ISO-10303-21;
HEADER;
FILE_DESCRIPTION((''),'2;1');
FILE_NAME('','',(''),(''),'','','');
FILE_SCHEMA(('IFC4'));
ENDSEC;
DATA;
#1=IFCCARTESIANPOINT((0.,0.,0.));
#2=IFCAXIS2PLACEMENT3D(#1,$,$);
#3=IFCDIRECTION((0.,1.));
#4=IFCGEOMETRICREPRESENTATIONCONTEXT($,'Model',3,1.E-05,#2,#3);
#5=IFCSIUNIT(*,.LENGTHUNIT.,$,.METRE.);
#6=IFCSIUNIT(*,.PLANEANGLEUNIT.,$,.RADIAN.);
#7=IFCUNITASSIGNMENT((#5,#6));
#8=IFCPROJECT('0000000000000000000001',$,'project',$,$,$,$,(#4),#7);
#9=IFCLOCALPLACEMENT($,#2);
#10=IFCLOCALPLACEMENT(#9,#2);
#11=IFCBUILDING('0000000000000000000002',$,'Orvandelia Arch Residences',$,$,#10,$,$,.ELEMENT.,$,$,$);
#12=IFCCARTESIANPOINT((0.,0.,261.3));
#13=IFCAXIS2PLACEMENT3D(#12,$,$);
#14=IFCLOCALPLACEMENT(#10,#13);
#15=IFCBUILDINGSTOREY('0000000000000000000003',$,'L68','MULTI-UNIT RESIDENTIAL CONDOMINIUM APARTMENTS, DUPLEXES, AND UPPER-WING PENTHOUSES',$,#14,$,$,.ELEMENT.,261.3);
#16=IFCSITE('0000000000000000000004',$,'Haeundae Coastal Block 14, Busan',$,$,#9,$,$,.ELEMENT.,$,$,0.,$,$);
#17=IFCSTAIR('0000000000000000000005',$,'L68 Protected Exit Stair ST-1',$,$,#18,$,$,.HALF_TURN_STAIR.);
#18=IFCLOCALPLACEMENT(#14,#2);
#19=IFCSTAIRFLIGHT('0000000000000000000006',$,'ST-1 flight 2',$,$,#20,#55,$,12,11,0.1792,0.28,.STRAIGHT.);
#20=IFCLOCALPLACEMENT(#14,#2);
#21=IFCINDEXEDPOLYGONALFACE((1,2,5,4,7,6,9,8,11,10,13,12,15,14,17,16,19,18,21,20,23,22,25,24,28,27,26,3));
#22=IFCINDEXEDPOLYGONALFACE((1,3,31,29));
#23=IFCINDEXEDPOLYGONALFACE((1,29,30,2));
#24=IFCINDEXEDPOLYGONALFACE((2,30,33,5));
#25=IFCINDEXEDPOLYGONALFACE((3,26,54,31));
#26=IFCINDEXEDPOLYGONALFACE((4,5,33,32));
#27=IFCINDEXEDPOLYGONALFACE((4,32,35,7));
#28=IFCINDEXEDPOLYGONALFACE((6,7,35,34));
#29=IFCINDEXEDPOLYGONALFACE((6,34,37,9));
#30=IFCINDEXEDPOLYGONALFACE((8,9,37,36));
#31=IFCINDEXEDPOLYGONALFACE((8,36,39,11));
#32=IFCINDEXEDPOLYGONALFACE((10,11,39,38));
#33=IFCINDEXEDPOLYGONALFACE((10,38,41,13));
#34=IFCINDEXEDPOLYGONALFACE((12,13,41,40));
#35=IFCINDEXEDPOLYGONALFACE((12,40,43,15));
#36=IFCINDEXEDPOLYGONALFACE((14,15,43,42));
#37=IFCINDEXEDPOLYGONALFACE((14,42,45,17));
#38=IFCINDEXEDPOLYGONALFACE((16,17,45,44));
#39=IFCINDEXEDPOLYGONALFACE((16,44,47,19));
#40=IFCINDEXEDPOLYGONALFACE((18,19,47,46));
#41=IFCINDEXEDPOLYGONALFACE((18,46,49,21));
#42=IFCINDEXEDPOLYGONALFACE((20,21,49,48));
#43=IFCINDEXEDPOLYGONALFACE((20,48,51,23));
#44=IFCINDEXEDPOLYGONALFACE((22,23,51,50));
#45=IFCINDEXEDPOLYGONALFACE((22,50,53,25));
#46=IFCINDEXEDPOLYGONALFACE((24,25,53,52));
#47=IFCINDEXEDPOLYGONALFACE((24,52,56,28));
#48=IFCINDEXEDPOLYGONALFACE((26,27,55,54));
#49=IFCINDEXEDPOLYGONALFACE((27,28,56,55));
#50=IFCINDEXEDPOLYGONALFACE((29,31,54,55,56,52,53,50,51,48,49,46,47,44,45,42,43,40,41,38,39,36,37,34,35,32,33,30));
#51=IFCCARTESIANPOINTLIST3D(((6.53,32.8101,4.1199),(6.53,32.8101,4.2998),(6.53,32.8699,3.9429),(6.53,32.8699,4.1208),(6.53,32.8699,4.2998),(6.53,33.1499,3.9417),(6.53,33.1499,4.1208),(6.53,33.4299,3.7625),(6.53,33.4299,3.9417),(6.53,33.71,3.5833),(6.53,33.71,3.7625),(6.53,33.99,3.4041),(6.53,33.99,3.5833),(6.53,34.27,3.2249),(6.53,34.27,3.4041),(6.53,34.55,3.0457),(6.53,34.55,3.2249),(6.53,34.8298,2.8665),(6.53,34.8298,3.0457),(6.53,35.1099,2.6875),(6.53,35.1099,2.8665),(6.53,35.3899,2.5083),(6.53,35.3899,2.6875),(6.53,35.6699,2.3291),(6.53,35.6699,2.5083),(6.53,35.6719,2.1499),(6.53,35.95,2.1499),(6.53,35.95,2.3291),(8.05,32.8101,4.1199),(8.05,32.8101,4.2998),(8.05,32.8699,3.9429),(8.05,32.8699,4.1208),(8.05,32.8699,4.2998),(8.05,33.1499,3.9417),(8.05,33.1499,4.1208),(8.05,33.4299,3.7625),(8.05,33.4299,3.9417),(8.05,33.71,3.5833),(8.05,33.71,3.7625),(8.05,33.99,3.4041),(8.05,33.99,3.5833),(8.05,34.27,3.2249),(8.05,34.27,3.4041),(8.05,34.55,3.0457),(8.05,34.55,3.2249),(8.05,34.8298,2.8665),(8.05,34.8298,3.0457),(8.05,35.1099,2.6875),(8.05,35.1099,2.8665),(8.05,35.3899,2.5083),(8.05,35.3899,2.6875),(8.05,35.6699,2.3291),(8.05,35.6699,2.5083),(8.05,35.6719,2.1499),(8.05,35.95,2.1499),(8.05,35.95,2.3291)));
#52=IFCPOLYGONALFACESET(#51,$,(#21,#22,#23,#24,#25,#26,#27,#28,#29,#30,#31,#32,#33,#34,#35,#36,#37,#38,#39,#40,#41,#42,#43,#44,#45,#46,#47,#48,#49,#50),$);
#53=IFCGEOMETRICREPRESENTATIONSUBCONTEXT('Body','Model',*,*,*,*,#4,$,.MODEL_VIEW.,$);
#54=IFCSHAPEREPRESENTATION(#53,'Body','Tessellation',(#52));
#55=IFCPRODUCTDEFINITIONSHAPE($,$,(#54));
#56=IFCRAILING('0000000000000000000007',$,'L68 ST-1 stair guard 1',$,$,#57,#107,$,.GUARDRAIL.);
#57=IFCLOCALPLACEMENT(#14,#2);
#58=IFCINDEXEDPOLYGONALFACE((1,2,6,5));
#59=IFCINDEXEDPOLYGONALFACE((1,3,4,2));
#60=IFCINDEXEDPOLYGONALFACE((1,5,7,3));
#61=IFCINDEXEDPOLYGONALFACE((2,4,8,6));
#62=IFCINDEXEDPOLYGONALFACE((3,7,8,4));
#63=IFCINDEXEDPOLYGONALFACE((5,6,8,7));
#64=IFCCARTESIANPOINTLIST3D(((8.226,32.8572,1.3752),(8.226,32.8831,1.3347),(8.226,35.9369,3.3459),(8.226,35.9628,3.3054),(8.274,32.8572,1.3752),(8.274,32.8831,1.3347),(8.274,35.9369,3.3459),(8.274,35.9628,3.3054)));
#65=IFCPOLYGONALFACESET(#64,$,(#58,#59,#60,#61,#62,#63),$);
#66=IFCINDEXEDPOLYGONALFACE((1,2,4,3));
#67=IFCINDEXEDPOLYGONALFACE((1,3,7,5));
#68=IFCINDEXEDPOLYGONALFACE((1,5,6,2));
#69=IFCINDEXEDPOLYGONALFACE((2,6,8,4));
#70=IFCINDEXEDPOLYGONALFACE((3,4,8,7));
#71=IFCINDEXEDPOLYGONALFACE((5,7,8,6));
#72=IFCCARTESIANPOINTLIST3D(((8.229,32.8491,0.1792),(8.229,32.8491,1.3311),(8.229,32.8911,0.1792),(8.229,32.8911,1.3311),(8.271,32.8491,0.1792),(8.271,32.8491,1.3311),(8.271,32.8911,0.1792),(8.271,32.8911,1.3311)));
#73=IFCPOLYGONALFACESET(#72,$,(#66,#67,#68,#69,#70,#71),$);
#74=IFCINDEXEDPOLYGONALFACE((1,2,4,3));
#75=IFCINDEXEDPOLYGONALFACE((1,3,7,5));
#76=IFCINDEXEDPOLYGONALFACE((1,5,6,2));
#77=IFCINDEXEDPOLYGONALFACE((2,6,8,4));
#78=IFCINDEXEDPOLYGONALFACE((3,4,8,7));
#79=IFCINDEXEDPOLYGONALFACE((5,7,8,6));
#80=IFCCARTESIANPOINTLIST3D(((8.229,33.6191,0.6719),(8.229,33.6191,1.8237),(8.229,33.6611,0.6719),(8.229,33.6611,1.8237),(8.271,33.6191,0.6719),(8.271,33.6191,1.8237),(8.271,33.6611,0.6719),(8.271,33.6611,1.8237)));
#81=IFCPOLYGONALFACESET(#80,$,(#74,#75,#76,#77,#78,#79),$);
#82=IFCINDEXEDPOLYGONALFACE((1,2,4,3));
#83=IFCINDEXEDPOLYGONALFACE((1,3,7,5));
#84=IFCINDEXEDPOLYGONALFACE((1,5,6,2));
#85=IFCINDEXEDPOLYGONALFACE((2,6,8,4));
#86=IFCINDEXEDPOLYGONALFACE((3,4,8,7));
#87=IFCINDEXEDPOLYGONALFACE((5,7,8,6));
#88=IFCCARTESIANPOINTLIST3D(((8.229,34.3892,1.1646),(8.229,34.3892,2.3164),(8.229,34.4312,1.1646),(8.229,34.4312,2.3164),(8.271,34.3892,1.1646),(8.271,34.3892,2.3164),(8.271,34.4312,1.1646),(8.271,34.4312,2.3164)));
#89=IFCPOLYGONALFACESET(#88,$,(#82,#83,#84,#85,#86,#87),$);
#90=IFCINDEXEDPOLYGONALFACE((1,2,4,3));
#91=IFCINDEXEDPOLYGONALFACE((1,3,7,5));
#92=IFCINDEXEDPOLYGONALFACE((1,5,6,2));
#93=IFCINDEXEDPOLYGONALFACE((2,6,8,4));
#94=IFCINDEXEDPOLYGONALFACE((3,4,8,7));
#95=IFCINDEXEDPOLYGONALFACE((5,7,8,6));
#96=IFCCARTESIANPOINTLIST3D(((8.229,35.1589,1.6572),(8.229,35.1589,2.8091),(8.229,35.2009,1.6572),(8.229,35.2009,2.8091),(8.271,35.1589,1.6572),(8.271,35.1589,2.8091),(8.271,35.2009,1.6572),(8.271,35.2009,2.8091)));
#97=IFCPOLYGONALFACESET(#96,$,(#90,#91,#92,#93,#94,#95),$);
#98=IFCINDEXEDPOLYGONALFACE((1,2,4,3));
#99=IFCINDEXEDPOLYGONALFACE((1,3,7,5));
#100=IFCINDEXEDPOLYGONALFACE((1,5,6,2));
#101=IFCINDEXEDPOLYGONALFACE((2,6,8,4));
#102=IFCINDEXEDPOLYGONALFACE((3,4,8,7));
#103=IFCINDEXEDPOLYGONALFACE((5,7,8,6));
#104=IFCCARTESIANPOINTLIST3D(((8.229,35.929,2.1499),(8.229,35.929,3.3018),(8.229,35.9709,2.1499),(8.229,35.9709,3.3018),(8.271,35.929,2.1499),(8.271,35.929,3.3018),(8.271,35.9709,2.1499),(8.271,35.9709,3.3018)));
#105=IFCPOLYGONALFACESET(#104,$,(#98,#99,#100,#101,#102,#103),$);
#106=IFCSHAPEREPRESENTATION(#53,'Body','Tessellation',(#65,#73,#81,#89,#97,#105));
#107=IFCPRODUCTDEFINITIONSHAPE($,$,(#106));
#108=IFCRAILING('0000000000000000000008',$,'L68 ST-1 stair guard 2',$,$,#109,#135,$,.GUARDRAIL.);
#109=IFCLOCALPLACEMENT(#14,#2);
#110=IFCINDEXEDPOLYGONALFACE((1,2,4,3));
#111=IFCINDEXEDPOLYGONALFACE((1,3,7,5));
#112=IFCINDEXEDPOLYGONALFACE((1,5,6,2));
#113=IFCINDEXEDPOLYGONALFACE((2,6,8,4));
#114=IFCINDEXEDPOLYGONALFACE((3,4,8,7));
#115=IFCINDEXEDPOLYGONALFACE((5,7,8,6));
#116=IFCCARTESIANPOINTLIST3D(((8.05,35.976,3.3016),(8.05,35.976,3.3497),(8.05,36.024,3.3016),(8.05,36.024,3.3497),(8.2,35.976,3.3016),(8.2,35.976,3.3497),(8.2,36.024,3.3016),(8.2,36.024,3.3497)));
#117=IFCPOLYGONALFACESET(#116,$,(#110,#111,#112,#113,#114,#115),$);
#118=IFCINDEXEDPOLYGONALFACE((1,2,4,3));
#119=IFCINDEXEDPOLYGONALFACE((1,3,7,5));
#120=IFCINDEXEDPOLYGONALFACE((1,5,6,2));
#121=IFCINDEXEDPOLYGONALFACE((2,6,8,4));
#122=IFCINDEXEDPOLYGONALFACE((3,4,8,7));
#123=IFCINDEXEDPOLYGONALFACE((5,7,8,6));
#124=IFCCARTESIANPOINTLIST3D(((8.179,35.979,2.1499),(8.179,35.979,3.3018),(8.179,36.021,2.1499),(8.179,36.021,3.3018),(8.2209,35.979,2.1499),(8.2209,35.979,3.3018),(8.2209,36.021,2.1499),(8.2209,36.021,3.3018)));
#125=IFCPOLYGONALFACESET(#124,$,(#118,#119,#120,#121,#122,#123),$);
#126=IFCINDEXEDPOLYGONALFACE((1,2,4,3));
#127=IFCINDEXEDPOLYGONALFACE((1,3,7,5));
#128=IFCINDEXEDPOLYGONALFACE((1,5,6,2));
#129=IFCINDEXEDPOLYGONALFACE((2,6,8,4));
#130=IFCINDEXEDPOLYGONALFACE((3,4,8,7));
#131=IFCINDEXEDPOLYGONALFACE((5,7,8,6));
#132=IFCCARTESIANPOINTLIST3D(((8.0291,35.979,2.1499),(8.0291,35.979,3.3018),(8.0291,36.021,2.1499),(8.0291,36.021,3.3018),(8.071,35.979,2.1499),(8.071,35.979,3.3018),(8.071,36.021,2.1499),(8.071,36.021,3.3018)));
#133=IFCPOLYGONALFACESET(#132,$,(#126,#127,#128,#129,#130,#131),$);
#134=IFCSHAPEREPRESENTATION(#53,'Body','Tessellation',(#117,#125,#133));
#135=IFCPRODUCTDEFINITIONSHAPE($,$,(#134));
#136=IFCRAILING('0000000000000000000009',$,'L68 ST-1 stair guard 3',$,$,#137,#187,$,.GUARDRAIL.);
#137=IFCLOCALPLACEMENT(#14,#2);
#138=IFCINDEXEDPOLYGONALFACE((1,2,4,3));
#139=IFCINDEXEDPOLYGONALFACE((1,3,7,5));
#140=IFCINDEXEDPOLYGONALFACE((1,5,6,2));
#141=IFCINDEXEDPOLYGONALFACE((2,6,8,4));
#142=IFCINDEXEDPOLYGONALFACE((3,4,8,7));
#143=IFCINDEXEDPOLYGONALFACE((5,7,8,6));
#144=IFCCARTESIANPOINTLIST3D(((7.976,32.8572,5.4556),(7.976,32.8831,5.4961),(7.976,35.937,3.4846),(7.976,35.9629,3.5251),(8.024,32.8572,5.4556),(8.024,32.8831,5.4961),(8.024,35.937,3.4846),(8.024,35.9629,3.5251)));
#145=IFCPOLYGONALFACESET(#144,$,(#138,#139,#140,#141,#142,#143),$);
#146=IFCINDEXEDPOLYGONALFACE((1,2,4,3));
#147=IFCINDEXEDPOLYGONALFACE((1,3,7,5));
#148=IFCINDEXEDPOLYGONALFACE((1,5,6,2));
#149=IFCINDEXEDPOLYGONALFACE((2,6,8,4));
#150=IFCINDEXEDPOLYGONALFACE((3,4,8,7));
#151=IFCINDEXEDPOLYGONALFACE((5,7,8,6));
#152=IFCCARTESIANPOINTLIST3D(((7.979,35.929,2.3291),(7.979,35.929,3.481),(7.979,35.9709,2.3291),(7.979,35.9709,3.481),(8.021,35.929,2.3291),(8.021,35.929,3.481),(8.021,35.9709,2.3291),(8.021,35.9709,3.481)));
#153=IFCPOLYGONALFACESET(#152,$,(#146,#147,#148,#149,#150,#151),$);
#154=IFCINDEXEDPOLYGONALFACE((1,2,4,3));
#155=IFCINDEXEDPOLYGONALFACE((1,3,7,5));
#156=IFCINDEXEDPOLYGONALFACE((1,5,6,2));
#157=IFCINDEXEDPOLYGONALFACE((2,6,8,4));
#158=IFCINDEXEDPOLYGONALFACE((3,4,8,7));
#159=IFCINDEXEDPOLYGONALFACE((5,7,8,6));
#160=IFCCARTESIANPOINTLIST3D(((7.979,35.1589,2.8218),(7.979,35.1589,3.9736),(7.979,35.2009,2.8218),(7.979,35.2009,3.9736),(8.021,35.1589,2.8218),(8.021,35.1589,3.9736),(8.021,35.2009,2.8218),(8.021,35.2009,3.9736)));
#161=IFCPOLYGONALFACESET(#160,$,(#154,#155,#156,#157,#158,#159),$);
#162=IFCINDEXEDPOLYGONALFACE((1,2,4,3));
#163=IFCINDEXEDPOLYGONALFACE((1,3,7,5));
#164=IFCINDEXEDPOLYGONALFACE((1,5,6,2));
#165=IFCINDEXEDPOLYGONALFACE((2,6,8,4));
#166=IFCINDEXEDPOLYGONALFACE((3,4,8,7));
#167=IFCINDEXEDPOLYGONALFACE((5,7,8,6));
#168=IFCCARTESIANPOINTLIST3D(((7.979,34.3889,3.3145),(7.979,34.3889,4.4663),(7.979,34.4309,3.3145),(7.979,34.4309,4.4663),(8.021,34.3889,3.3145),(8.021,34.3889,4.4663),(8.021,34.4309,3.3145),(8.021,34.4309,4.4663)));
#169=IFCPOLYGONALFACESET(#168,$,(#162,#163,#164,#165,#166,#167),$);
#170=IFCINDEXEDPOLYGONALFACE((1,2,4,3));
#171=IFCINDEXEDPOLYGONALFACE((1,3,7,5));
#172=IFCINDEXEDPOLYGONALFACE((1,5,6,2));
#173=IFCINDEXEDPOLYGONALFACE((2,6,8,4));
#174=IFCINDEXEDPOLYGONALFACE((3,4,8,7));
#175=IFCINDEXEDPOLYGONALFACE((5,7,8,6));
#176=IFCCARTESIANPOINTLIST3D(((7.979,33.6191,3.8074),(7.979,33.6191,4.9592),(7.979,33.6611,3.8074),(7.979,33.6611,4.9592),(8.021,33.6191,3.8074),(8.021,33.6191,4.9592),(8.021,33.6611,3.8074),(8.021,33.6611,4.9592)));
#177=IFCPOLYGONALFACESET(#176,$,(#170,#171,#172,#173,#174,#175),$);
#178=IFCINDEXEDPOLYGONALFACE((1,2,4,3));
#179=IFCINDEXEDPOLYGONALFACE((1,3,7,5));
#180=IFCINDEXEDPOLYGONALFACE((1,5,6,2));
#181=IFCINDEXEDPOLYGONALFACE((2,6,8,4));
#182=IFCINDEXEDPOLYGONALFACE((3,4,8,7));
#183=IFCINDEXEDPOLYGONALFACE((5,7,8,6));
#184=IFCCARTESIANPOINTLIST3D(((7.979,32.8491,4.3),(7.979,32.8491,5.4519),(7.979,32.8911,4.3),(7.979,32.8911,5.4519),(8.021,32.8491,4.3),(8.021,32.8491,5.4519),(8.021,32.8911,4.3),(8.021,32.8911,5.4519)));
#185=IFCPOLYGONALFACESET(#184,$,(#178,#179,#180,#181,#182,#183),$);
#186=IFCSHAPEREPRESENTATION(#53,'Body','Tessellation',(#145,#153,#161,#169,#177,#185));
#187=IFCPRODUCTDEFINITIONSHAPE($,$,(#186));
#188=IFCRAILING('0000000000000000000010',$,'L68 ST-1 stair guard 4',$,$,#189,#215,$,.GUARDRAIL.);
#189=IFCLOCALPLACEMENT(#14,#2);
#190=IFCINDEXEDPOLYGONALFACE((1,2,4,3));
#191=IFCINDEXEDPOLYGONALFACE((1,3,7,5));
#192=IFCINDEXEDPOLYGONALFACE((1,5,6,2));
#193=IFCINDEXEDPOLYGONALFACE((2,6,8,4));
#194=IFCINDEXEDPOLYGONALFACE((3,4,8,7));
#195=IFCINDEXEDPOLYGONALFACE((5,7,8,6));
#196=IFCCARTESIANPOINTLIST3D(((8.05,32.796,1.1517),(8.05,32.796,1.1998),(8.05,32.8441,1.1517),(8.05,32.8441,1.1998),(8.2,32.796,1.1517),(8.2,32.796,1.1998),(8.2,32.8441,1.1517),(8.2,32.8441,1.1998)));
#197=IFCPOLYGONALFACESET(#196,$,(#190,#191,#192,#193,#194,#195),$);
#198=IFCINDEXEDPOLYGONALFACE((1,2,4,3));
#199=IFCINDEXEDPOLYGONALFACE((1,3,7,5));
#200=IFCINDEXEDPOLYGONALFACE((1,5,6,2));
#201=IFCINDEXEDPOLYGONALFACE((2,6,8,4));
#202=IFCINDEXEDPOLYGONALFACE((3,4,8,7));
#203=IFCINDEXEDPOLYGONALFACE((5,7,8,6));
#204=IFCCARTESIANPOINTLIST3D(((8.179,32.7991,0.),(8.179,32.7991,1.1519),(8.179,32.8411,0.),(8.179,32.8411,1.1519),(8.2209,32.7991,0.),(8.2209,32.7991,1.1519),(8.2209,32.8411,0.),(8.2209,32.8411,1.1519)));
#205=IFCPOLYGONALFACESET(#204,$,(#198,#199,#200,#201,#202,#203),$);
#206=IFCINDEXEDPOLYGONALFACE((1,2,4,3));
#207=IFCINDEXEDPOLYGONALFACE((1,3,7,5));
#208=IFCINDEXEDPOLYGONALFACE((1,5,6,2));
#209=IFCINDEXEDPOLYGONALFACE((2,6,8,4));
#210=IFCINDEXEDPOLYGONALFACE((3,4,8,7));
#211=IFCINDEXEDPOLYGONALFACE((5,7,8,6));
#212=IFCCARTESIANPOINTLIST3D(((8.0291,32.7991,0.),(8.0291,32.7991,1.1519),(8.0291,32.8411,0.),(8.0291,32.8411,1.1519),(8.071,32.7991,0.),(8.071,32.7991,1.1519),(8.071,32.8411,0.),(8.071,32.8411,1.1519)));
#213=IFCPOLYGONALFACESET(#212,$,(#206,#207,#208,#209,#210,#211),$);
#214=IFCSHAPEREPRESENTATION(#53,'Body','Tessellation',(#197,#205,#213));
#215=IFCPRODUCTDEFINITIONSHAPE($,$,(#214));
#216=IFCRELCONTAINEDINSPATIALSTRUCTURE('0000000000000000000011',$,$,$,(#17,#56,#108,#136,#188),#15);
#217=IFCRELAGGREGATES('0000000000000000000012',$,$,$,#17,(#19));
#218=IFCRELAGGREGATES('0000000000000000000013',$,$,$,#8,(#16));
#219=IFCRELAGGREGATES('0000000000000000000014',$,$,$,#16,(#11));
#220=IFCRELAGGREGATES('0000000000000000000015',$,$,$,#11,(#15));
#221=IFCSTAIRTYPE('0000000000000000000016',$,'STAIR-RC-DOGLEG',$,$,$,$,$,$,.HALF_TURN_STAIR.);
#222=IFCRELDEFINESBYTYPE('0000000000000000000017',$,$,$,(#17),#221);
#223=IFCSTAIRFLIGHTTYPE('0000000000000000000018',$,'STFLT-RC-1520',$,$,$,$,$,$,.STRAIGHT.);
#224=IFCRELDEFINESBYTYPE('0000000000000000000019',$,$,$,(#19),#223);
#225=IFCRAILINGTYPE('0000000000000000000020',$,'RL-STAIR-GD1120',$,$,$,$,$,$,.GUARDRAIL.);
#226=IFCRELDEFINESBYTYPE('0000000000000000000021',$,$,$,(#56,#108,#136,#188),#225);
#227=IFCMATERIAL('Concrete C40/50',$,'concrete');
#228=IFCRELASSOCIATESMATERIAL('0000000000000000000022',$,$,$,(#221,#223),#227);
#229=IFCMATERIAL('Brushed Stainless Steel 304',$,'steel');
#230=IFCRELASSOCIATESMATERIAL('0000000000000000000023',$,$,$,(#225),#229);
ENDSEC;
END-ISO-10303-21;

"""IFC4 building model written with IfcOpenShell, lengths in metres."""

from ifc_helpers import new_model, si_unit, direction, frame, origin, origin_2d, place, context, subcontext, project, spatial, polyline, rectangle, outline, extrude, material, type_object, element, aggregate, save


model = new_model("IFC4")

# Units and contexts
model_context = context("Model", 3, precision=1e-05, world=origin(), true_north=direction((0.0, 1.0)))
body_context = subcontext(model_context, "Body", "Model", "MODEL_VIEW")
ifc_project = project(units=[si_unit("LENGTHUNIT", "METRE"), si_unit("PLANEANGLEUNIT", "RADIAN")], contexts=[model_context])

# Site, building, storey
site_placement = place(None, origin())
site = spatial("IfcSite", under=ifc_project, at=site_placement, Name="Haeundae Coastal Block 14, Busan", CompositionType="ELEMENT", RefElevation=0.0)
building_placement = place(site_placement, origin())
building = spatial("IfcBuilding", under=site, at=building_placement, Name="Orvandelia Arch Residences", CompositionType="ELEMENT")
storey_placement = place(building_placement, frame((0.0, 0.0, 261.3)))
storey = spatial("IfcBuildingStorey", under=building, at=storey_placement, Name="L68", Description="MULTI-UNIT RESIDENTIAL CONDOMINIUM APARTMENTS, DUPLEXES, AND UPPER-WING PENTHOUSES", CompositionType="ELEMENT", Elevation=261.3)

# Stair, stair flight
ifc_material_1 = material(Name="Concrete C40/50", Category="concrete")
stair_type = type_object("IfcStairType", Name="STAIR-RC-DOGLEG", PredefinedType="HALF_TURN_STAIR", material=ifc_material_1)
stair_placement = place(storey_placement, origin())
stair = element("IfcStair", 1, at=stair_placement, inside=storey, type_object=stair_type, Name="L68 Protected Exit Stair ST-1", PredefinedType="HALF_TURN_STAIR")
stair_flight_type = type_object("IfcStairFlightType", Name="STFLT-RC-1520", PredefinedType="STRAIGHT", material=ifc_material_1)
stair_flight_1_placement = place(storey_placement, frame((7.29, 35.95, 2.1499), z_axis=(0.0, 0.0, 1.0), x_axis=(0.0, -1.0, 0.0)))
stair_flight_1 = element("IfcStairFlight", 2, at=stair_flight_1_placement, type_object=stair_flight_type, Name="ST-1 flight 2", NumberOfRisers=12, NumberOfTreads=11, PredefinedType="STRAIGHT", RiserHeight=0.1792, TreadLength=0.28, context=body_context, shape_type="SweptSolid", body=[
    extrude(outline(polyline([(0.0, 0.0), (0.0, 0.1792), (0.28, 0.1792), (0.28, 0.3584), (0.5601, 0.3584), (0.5601, 0.5376), (0.8401, 0.5376), (0.8401, 0.7166), (1.1201, 0.7166), (1.1201, 0.8958), (1.3999, 0.8958), (1.3999, 1.075), (1.6799, 1.075), (1.6799, 1.2542), (1.96, 1.2542), (1.96, 1.4333), (2.24, 1.4333), (2.24, 1.6125), (2.52, 1.6125), (2.52, 1.7917), (2.8, 1.7917), (2.8, 1.9709), (3.0801, 1.9709), (3.0801, 2.1499), (3.1399, 2.1499), (3.1399, 1.97), (3.0801, 1.793), (0.2781, 0.0), (0.0, 0.0)])), frame((0.0, 0.76, 0.0), z_axis=(0.0, -1.0, 0.0), x_axis=(1.0, 0.0, 0.0)), (0.0, 0.0, 1.0), 1.52),
])
aggregate(stair, [stair_flight_1])

# Railings
ifc_material_2 = material(Name="Brushed Stainless Steel 304", Category="steel")
railing_type_1 = type_object("IfcRailingType", Name="RL-STAIR-GD1120", PredefinedType="GUARDRAIL", material=ifc_material_2)
railing_1_placement = place(storey_placement, frame((8.25, 32.8701, 0.1792)))
element("IfcRailing", 3, at=railing_1_placement, inside=storey, type_object=railing_type_1, Name="L68 ST-1 stair guard 1", PredefinedType="GUARDRAIL", context=body_context, shape_type="SweptSolid", body=[
    extrude(rectangle(XDim=0.0481, YDim=0.0481, at=origin_2d()), frame((0.0, 0.0, 1.1758), z_axis=(0.0, 0.84232, 0.538978), x_axis=(-1.0, 0.0, 0.0)), (0.0, 0.0, 1.0), 3.6562),
    extrude(rectangle(XDim=0.042, YDim=0.042, at=origin_2d()), origin(), (0.0, 0.0, 1.0), 1.1519),
    extrude(rectangle(XDim=0.042, YDim=0.042, at=origin_2d()), frame((0.0, 0.77, 0.4927)), (0.0, 0.0, 1.0), 1.1519),
    extrude(rectangle(XDim=0.042, YDim=0.042, at=origin_2d()), frame((0.0, 1.54, 0.9854)), (0.0, 0.0, 1.0), 1.1519),
    extrude(rectangle(XDim=0.042, YDim=0.042, at=origin_2d()), frame((0.0, 2.3098, 1.478)), (0.0, 0.0, 1.0), 1.1519),
    extrude(rectangle(XDim=0.042, YDim=0.042, at=origin_2d()), frame((0.0, 3.0798, 1.9707)), (0.0, 0.0, 1.0), 1.1519),
])
railing_2_placement = place(storey_placement, frame((8.2, 36.0, 2.1499)))
element("IfcRailing", 4, at=railing_2_placement, inside=storey, type_object=railing_type_1, Name="L68 ST-1 stair guard 2", PredefinedType="GUARDRAIL", context=body_context, shape_type="SweptSolid", body=[
    extrude(rectangle(XDim=0.0481, YDim=0.0481, at=origin_2d()), frame((0.0, 0.0, 1.1758), z_axis=(-1.0, 0.0, 0.0), x_axis=(0.0, -1.0, 0.0)), (0.0, 0.0, 1.0), 0.1499),
    extrude(rectangle(XDim=0.042, YDim=0.042, at=origin_2d()), origin(), (0.0, 0.0, 1.0), 1.1519),
    extrude(rectangle(XDim=0.042, YDim=0.042, at=origin_2d()), frame((-0.1499, 0.0, 0.0)), (0.0, 0.0, 1.0), 1.1519),
])
railing_3_placement = place(storey_placement, frame((8.0, 35.95, 2.3291)))
element("IfcRailing", 5, at=railing_3_placement, inside=storey, type_object=railing_type_1, Name="L68 ST-1 stair guard 3", PredefinedType="GUARDRAIL", context=body_context, shape_type="SweptSolid", body=[
    extrude(rectangle(XDim=0.0481, YDim=0.0481, at=origin_2d()), frame((0.0, 0.0, 1.1758), z_axis=(0.0, -0.84229, 0.539025), x_axis=(1.0, 0.0, 0.0)), (0.0, 0.0, 1.0), 3.6565),
    extrude(rectangle(XDim=0.042, YDim=0.042, at=origin_2d()), origin(), (0.0, 0.0, 1.0), 1.1519),
    extrude(rectangle(XDim=0.042, YDim=0.042, at=origin_2d()), frame((0.0, -0.77, 0.4927)), (0.0, 0.0, 1.0), 1.1519),
    extrude(rectangle(XDim=0.042, YDim=0.042, at=origin_2d()), frame((0.0, -1.54, 0.9854)), (0.0, 0.0, 1.0), 1.1519),
    extrude(rectangle(XDim=0.042, YDim=0.042, at=origin_2d()), frame((0.0, -2.3098, 1.4783)), (0.0, 0.0, 1.0), 1.1519),
    extrude(rectangle(XDim=0.042, YDim=0.042, at=origin_2d()), frame((0.0, -3.0798, 1.9709)), (0.0, 0.0, 1.0), 1.1519),
])
railing_4_placement = place(storey_placement, frame((8.2, 32.8201, 0.0)))
element("IfcRailing", 6, at=railing_4_placement, inside=storey, type_object=railing_type_1, Name="L68 ST-1 stair guard 4", PredefinedType="GUARDRAIL", context=body_context, shape_type="SweptSolid", body=[
    extrude(rectangle(XDim=0.0481, YDim=0.0481, at=origin_2d()), frame((0.0, 0.0, 1.1758), z_axis=(-1.0, 0.0, 0.0), x_axis=(0.0, -1.0, 0.0)), (0.0, 0.0, 1.0), 0.1499),
    extrude(rectangle(XDim=0.042, YDim=0.042, at=origin_2d()), origin(), (0.0, 0.0, 1.0), 1.1519),
    extrude(rectangle(XDim=0.042, YDim=0.042, at=origin_2d()), frame((-0.1499, 0.0, 0.0)), (0.0, 0.0, 1.0), 1.1519),
])

save(model, "model.ifc")
